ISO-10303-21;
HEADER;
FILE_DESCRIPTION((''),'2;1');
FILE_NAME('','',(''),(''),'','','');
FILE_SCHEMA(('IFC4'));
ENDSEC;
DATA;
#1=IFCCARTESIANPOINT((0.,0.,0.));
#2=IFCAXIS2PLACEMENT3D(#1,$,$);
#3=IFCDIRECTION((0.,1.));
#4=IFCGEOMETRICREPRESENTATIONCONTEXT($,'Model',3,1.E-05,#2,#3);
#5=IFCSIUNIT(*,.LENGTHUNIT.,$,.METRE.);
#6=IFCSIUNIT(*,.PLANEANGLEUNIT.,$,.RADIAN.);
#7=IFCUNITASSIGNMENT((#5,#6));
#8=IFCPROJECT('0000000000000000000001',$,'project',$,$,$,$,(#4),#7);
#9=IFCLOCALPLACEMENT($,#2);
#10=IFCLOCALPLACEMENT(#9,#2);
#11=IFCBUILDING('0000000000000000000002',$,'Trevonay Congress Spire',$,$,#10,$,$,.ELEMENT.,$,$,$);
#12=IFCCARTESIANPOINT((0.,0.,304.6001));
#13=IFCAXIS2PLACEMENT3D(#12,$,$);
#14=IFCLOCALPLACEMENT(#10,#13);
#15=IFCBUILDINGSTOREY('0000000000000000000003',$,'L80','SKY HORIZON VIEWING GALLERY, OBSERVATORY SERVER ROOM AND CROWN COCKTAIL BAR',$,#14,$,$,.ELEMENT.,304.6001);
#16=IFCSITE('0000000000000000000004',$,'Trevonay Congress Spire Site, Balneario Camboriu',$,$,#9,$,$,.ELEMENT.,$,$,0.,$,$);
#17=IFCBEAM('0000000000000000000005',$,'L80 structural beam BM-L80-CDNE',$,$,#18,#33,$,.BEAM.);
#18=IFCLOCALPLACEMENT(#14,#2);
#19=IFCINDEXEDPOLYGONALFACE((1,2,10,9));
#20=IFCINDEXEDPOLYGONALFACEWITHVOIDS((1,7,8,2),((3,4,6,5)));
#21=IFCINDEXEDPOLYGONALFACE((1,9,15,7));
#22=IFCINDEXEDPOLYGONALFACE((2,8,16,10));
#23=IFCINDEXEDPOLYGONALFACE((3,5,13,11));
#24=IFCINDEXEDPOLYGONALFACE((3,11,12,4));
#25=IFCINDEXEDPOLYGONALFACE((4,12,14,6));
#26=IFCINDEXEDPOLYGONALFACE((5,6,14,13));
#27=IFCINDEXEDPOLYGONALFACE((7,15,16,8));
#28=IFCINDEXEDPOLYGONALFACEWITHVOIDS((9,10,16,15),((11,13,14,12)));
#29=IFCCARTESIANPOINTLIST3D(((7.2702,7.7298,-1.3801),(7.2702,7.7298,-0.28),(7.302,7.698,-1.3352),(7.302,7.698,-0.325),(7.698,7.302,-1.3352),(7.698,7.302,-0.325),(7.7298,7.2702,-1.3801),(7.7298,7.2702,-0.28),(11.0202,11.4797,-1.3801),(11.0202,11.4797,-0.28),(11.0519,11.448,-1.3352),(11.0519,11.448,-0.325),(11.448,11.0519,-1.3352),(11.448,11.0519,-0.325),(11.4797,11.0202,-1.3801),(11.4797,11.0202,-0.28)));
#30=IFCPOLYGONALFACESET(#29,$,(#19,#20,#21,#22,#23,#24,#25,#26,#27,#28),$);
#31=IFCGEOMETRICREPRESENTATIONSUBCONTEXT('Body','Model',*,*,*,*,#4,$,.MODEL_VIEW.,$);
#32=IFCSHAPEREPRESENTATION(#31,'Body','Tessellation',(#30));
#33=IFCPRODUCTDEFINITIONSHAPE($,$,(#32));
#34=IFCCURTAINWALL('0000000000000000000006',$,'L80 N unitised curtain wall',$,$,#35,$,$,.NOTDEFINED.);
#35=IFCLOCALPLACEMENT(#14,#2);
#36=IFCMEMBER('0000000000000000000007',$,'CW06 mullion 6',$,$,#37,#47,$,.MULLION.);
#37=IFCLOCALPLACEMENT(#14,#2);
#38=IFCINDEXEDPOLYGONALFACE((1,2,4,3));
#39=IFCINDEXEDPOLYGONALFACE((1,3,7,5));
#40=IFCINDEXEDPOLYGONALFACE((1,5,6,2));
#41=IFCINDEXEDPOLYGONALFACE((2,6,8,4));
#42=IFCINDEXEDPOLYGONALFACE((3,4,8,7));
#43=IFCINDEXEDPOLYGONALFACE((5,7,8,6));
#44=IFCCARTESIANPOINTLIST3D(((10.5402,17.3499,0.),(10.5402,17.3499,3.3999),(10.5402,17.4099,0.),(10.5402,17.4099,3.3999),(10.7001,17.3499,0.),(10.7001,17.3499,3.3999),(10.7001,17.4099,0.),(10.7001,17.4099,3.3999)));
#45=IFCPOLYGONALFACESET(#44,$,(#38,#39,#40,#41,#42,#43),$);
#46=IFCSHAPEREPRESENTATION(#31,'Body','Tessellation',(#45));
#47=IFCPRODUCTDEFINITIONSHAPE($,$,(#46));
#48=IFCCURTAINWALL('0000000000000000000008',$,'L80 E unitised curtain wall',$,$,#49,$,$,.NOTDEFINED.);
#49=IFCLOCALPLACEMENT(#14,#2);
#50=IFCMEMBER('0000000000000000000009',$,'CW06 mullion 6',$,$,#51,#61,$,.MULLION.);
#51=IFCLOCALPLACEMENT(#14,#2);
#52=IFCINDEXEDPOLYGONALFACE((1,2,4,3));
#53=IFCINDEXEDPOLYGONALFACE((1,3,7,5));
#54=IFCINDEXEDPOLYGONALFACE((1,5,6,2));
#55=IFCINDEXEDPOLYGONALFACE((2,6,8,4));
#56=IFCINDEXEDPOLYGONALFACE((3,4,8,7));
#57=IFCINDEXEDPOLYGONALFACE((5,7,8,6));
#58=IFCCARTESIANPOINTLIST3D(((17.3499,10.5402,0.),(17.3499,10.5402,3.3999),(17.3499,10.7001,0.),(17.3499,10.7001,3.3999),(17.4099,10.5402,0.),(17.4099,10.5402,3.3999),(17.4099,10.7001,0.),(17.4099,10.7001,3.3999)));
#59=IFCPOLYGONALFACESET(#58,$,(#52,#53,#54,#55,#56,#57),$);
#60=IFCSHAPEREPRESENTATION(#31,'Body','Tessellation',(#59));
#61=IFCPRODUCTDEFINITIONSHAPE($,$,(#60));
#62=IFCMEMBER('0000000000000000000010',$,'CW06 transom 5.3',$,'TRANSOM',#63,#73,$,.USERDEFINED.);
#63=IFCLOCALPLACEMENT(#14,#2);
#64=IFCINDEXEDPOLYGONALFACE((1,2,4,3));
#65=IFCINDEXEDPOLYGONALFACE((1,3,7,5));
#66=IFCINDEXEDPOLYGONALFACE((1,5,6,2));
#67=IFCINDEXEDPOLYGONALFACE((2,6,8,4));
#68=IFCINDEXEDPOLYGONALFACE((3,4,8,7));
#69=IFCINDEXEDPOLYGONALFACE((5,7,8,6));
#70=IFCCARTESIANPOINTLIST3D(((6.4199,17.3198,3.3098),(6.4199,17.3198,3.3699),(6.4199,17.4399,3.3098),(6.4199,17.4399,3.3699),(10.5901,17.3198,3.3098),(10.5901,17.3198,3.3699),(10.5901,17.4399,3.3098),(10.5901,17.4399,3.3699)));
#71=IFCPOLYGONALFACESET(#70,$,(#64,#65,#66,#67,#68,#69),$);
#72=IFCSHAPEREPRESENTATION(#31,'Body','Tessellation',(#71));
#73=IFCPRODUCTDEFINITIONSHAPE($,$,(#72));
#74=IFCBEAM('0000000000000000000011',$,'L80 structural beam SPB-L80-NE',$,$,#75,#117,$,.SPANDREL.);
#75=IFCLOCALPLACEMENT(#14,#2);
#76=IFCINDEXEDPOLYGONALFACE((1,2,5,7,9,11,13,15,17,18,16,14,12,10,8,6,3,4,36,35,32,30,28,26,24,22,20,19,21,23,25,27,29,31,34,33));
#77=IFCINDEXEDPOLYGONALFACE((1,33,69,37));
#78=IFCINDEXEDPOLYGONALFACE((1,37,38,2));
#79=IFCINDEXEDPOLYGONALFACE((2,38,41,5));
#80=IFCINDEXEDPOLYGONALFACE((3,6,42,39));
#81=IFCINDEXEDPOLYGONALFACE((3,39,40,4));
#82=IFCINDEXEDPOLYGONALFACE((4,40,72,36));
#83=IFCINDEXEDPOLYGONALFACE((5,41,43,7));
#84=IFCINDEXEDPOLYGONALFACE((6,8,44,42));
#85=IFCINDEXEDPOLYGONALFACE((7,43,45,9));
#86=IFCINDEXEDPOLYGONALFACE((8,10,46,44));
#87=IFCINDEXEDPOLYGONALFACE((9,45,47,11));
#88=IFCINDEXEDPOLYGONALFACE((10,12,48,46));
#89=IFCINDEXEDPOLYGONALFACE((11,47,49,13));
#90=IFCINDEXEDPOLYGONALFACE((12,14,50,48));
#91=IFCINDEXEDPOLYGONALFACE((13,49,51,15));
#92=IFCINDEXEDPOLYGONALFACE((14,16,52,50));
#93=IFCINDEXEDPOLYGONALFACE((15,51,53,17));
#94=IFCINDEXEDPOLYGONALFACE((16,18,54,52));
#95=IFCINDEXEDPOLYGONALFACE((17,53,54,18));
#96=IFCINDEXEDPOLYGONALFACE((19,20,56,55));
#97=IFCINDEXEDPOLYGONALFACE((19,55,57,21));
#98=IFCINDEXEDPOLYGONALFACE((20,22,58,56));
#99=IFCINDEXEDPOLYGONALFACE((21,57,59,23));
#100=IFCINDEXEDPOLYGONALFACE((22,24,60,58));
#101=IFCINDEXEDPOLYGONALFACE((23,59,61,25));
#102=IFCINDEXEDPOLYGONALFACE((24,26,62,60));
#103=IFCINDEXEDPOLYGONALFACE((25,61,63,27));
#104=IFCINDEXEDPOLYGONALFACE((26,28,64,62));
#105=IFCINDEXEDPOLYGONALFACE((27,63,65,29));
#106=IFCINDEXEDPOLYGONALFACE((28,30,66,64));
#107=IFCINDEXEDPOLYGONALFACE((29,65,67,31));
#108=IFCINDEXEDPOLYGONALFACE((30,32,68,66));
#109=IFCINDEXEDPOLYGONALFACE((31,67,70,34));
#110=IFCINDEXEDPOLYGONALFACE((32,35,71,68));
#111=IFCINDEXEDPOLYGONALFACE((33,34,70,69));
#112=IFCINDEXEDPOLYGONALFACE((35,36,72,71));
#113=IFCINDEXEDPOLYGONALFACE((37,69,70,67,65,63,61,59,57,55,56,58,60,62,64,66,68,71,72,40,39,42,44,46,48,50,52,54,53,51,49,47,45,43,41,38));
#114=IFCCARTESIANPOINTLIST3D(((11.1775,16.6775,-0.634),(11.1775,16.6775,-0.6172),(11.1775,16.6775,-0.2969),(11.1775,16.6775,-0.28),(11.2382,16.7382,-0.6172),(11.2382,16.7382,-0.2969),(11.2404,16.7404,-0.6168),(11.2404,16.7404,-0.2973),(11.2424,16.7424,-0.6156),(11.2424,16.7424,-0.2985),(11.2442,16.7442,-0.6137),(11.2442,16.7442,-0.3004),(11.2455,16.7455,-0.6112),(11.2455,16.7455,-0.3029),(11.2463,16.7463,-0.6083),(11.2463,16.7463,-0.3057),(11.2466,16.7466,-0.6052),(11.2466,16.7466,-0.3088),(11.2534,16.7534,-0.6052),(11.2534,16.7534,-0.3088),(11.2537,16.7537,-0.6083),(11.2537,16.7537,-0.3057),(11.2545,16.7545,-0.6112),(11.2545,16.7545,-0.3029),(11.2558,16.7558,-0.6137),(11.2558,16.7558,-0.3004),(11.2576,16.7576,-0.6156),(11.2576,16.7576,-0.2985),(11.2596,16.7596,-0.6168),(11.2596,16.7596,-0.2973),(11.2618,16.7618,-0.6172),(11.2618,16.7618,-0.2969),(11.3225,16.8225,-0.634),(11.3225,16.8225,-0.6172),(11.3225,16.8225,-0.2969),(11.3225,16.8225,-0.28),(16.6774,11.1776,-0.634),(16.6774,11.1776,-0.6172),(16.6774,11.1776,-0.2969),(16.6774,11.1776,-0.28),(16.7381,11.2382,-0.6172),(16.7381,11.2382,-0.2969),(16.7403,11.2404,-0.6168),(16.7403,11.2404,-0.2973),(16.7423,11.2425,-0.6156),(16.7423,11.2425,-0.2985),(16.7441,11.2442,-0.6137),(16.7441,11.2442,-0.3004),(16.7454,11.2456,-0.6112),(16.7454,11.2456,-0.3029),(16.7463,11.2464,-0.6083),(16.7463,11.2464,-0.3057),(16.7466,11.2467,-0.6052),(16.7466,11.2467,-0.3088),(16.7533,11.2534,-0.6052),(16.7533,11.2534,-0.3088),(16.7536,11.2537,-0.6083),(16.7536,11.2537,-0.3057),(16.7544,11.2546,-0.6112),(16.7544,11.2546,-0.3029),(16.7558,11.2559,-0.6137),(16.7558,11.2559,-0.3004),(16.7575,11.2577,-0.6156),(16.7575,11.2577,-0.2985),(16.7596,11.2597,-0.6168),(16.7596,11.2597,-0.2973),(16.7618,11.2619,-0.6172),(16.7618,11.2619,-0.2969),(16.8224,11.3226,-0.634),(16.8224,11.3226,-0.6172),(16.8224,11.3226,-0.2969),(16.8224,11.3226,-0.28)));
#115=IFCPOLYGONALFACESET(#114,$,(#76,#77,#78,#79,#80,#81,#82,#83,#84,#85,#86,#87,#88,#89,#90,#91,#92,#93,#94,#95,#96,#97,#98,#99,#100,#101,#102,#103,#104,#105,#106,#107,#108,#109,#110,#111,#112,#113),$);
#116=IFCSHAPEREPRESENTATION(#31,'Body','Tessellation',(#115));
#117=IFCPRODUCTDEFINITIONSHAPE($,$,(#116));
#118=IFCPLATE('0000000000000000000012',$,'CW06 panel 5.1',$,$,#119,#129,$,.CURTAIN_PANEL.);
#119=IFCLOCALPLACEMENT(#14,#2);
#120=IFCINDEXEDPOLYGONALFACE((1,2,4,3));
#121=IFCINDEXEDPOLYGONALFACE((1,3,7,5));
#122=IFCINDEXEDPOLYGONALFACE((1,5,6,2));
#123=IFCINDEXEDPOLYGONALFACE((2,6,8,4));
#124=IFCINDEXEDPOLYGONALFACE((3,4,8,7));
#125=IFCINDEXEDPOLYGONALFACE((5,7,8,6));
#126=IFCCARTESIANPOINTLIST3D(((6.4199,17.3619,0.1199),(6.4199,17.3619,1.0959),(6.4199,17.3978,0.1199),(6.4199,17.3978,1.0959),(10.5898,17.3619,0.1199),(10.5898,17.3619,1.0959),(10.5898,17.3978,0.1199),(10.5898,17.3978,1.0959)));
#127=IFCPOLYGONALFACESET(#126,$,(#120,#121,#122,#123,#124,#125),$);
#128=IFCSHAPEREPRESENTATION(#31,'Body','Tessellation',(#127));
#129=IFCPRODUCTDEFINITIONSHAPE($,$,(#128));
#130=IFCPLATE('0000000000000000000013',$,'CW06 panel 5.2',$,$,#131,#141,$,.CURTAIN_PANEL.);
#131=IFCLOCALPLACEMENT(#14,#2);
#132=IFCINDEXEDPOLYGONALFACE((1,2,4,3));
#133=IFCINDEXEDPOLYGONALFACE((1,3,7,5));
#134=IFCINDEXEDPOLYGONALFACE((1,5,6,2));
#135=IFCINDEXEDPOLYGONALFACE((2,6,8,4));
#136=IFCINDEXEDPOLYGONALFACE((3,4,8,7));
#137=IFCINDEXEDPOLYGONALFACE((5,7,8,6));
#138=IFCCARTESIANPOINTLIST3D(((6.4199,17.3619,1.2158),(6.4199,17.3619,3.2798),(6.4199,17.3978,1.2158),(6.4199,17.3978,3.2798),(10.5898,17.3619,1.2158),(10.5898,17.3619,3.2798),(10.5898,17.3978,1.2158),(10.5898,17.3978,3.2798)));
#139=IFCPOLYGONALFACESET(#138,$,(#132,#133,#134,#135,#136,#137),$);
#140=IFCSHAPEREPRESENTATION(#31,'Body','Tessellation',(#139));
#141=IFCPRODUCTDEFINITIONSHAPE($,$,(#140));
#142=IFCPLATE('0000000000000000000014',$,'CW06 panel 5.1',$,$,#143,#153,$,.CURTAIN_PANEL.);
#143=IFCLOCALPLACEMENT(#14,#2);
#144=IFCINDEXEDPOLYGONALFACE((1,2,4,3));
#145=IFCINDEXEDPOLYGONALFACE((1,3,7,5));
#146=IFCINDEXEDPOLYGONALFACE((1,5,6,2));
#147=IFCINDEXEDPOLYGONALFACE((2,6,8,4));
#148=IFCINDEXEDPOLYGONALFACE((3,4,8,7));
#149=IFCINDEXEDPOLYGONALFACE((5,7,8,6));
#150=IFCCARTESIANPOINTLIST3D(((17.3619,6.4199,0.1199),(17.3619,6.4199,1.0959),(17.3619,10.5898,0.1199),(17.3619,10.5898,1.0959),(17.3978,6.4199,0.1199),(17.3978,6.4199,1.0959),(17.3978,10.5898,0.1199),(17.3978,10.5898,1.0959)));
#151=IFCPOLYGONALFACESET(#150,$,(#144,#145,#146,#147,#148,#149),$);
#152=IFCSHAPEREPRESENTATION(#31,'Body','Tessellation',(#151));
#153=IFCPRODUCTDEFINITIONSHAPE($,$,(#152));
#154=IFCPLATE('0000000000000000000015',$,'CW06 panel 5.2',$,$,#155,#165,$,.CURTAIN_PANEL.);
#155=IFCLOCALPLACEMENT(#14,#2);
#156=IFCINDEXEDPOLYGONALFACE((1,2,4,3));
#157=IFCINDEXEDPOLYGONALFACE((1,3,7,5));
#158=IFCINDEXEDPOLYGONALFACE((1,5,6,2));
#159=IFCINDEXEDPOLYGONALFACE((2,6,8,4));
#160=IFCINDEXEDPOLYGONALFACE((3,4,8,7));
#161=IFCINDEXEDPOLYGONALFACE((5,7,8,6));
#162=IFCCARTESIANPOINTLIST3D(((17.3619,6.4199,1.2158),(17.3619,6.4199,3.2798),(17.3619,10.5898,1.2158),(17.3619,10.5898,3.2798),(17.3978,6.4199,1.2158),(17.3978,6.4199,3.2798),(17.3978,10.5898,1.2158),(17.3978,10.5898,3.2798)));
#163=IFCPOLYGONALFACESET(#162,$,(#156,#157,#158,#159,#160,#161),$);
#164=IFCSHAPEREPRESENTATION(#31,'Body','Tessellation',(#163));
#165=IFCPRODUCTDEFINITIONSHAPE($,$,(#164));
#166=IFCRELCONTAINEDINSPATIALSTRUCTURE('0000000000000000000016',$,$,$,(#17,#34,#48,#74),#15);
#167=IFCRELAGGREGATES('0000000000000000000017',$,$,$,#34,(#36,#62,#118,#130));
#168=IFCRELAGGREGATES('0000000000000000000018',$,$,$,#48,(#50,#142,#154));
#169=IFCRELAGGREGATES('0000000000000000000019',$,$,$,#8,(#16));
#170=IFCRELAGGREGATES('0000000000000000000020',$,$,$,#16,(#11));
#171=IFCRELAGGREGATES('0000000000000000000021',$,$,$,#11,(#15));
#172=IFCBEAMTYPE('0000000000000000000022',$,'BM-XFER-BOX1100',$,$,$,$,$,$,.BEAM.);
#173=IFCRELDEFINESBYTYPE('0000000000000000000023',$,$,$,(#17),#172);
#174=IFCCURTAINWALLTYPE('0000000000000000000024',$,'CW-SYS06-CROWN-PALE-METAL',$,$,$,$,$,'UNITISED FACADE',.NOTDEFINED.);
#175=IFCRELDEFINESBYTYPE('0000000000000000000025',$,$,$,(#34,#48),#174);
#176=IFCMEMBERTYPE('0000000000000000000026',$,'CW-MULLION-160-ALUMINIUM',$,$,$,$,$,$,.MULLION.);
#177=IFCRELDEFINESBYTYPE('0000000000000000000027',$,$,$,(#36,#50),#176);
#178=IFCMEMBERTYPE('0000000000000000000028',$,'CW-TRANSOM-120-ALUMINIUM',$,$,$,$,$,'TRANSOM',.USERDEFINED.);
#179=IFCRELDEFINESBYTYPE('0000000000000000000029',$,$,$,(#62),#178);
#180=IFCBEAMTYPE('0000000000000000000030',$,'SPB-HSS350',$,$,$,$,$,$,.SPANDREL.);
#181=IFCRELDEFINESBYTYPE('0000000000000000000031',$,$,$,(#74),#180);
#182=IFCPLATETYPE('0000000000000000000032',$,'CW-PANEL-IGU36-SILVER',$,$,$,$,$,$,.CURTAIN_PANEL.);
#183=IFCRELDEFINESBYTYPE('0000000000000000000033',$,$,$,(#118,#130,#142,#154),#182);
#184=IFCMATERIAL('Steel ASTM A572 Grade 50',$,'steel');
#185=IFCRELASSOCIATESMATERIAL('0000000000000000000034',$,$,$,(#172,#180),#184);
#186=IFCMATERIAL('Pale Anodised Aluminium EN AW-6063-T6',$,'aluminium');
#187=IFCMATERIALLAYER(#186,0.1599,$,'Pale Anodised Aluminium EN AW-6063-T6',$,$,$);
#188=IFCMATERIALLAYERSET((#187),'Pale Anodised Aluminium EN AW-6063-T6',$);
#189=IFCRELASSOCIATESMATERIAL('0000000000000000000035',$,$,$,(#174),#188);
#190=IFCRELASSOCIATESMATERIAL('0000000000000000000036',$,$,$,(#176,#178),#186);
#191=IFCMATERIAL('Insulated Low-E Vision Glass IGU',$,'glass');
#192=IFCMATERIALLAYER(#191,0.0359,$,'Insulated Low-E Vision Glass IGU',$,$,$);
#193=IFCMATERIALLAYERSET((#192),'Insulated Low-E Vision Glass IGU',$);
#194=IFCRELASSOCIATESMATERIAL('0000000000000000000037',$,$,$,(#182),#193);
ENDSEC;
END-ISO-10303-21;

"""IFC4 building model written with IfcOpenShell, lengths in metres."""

from ifc_helpers import new_model, si_unit, direction, frame, origin, origin_2d, place, context, subcontext, project, spatial, rectangle, hollow_rectangle, i_section, extrude, material, layer, layer_set, material_profile, profile_set, type_object, element, aggregate, save


model = new_model("IFC4")

# Units and contexts
model_context = context("Model", 3, precision=1e-05, world=origin(), true_north=direction((0.0, 1.0)))
body_context = subcontext(model_context, "Body", "Model", "MODEL_VIEW")
ifc_project = project(units=[si_unit("LENGTHUNIT", "METRE"), si_unit("PLANEANGLEUNIT", "RADIAN")], contexts=[model_context])

# Site, building, storey
site_placement = place(None, origin())
site = spatial("IfcSite", under=ifc_project, at=site_placement, Name="Trevonay Congress Spire Site, Balneario Camboriu", CompositionType="ELEMENT", RefElevation=0.0)
building_placement = place(site_placement, origin())
building = spatial("IfcBuilding", under=site, at=building_placement, Name="Trevonay Congress Spire", CompositionType="ELEMENT")
storey_placement = place(building_placement, frame((0.0, 0.0, 304.6001)))
storey = spatial("IfcBuildingStorey", under=building, at=storey_placement, Name="L80", Description="SKY HORIZON VIEWING GALLERY, OBSERVATORY SERVER ROOM AND CROWN COCKTAIL BAR", CompositionType="ELEMENT", Elevation=304.6001)

# Shared definitions
ifc_material_1 = material(Name="Steel ASTM A572 Grade 50", Category="steel")

# Beam
ifc_material_profile_1 = material_profile(ifc_material_1, hollow_rectangle(XDim=0.6499, YDim=1.1001, WallThickness=0.0449, at=origin_2d()), Name="BOX 1100x650x45")
ifc_profile_set_1 = profile_set([ifc_material_profile_1], Name="Steel ASTM A572 Grade 50")
beam_type_1 = type_object("IfcBeamType", Name="BM-XFER-BOX1100", PredefinedType="BEAM", material=ifc_profile_set_1)
beam_1_placement = place(storey_placement, frame((7.5, 7.5, -0.8301), z_axis=(0.707107, 0.707107, 0.0), x_axis=(-0.707107, 0.707107, 0.0)))
element("IfcBeam", 1, at=beam_1_placement, inside=storey, type_object=beam_type_1, Name="L80 structural beam BM-L80-CDNE", PredefinedType="BEAM", context=body_context, shape_type="SweptSolid", body=[
    extrude(hollow_rectangle(XDim=0.6499, YDim=1.1001, WallThickness=0.0449, at=origin_2d()), origin(), (0.0, 0.0, 1.0), 5.3032),
])

# Curtain walls, members
ifc_material_2 = material(Name="Pale Anodised Aluminium EN AW-6063-T6", Category="aluminium")
ifc_layer_1 = layer(ifc_material_2, 0.1599, Name="Pale Anodised Aluminium EN AW-6063-T6")
ifc_layer_set_1 = layer_set([ifc_layer_1], Name="Pale Anodised Aluminium EN AW-6063-T6")
curtain_wall_type = type_object("IfcCurtainWallType", Name="CW-SYS06-CROWN-PALE-METAL", ElementType="UNITISED FACADE", PredefinedType="NOTDEFINED", material=ifc_layer_set_1)
curtain_wall_1_placement = place(storey_placement, origin())
curtain_wall_1 = element("IfcCurtainWall", 2, at=curtain_wall_1_placement, inside=storey, type_object=curtain_wall_type, Name="L80 N unitised curtain wall", PredefinedType="NOTDEFINED")
ifc_material_profile_2 = material_profile(ifc_material_2, rectangle(XDim=0.0601, YDim=0.1599, at=origin_2d()), Name="CW-MULLION-160-ALUMINIUM")
ifc_profile_set_2 = profile_set([ifc_material_profile_2], Name="Pale Anodised Aluminium EN AW-6063-T6")
member_type_1 = type_object("IfcMemberType", Name="CW-MULLION-160-ALUMINIUM", PredefinedType="MULLION", material=ifc_profile_set_2)
member_1_placement = place(storey_placement, frame((10.6201, 17.3799, 0.0), z_axis=(0.0, 0.0, 1.0), x_axis=(0.0, 1.0, 0.0)))
member_1 = element("IfcMember", 3, at=member_1_placement, type_object=member_type_1, Name="CW06 mullion 6", PredefinedType="MULLION", context=body_context, shape_type="SweptSolid", body=[
    extrude(rectangle(XDim=0.0601, YDim=0.1599, at=origin_2d()), origin(), (0.0, 0.0, 1.0), 3.3999),
])
curtain_wall_2_placement = place(storey_placement, origin())
curtain_wall_2 = element("IfcCurtainWall", 4, at=curtain_wall_2_placement, inside=storey, type_object=curtain_wall_type, Name="L80 E unitised curtain wall", PredefinedType="NOTDEFINED")
member_2_placement = place(storey_placement, frame((17.3799, 10.6201, 0.0), z_axis=(0.0, 0.0, 1.0), x_axis=(-1.0, 0.0, 0.0)))
member_2 = element("IfcMember", 5, at=member_2_placement, type_object=member_type_1, Name="CW06 mullion 6", PredefinedType="MULLION", context=body_context, shape_type="SweptSolid", body=[
    extrude(rectangle(XDim=0.0601, YDim=0.1599, at=origin_2d()), origin(), (0.0, 0.0, 1.0), 3.3999),
])

# Member
ifc_material_profile_3 = material_profile(ifc_material_2, rectangle(XDim=0.1201, YDim=0.0601, at=origin_2d()), Name="CW-TRANSOM-120-ALUMINIUM")
ifc_profile_set_3 = profile_set([ifc_material_profile_3], Name="Pale Anodised Aluminium EN AW-6063-T6")
member_type_2 = type_object("IfcMemberType", Name="CW-TRANSOM-120-ALUMINIUM", ElementType="TRANSOM", PredefinedType="USERDEFINED", material=ifc_profile_set_3)
member_3_placement = place(storey_placement, frame((6.4199, 17.3799, 3.3398), z_axis=(1.0, 0.0, 0.0), x_axis=(0.0, 1.0, 0.0)))
member_3 = element("IfcMember", 6, at=member_3_placement, type_object=member_type_2, Name="CW06 transom 5.3", ObjectType="TRANSOM", PredefinedType="USERDEFINED", context=body_context, shape_type="SweptSolid", body=[
    extrude(rectangle(XDim=0.1201, YDim=0.0601, at=origin_2d()), origin(), (0.0, 0.0, 1.0), 4.1702),
])

# Beam
ifc_material_profile_4 = material_profile(ifc_material_1, i_section(OverallWidth=0.2051, OverallDepth=0.354, WebThickness=0.0095, FlangeThickness=0.0168, FilletRadius=0.012, at=origin_2d()), Name="W360x79")
ifc_profile_set_4 = profile_set([ifc_material_profile_4], Name="Steel ASTM A572 Grade 50")
beam_type_2 = type_object("IfcBeamType", Name="SPB-HSS350", PredefinedType="SPANDREL", material=ifc_profile_set_4)
beam_2_placement = place(storey_placement, frame((11.25, 16.75, -0.457), z_axis=(0.707107, -0.707107, 0.0), x_axis=(0.707107, 0.707107, 0.0)))
element("IfcBeam", 7, at=beam_2_placement, inside=storey, type_object=beam_type_2, Name="L80 structural beam SPB-L80-NE", PredefinedType="SPANDREL", context=body_context, shape_type="SweptSolid", body=[
    extrude(i_section(OverallWidth=0.2051, OverallDepth=0.354, WebThickness=0.0095, FlangeThickness=0.0168, FilletRadius=0.012, at=origin_2d()), origin(), (0.0, 0.0, 1.0), 7.7781),
])

# Plates
ifc_material_3 = material(Name="Insulated Low-E Vision Glass IGU", Category="glass")
ifc_layer_2 = layer(ifc_material_3, 0.0359, Name="Insulated Low-E Vision Glass IGU")
ifc_layer_set_2 = layer_set([ifc_layer_2], Name="Insulated Low-E Vision Glass IGU")
plate_type = type_object("IfcPlateType", Name="CW-PANEL-IGU36-SILVER", PredefinedType="CURTAIN_PANEL", material=ifc_layer_set_2)
plate_1_placement = place(storey_placement, frame((8.5049, 17.3799, 0.1199), z_axis=(0.0, 0.0, 1.0), x_axis=(1.0, 0.0, 0.0)))
plate_1 = element("IfcPlate", 8, at=plate_1_placement, type_object=plate_type, Name="CW06 panel 5.1", PredefinedType="CURTAIN_PANEL", context=body_context, shape_type="SweptSolid", body=[
    extrude(rectangle(XDim=4.1699, YDim=0.0359, at=origin_2d()), origin(), (0.0, 0.0, 1.0), 0.9761),
])
plate_2_placement = place(storey_placement, frame((8.5049, 17.3799, 1.2158), z_axis=(0.0, 0.0, 1.0), x_axis=(1.0, 0.0, 0.0)))
plate_2 = element("IfcPlate", 9, at=plate_2_placement, type_object=plate_type, Name="CW06 panel 5.2", PredefinedType="CURTAIN_PANEL", context=body_context, shape_type="SweptSolid", body=[
    extrude(rectangle(XDim=4.1699, YDim=0.0359, at=origin_2d()), origin(), (0.0, 0.0, 1.0), 2.064),
])
aggregate(curtain_wall_1, [member_1, member_3, plate_1, plate_2])
plate_3_placement = place(storey_placement, frame((17.3799, 8.5049, 0.1199), z_axis=(0.0, 0.0, 1.0), x_axis=(0.0, 1.0, 0.0)))
plate_3 = element("IfcPlate", 10, at=plate_3_placement, type_object=plate_type, Name="CW06 panel 5.1", PredefinedType="CURTAIN_PANEL", context=body_context, shape_type="SweptSolid", body=[
    extrude(rectangle(XDim=4.1699, YDim=0.0359, at=origin_2d()), origin(), (0.0, 0.0, 1.0), 0.9761),
])
plate_4_placement = place(storey_placement, frame((17.3799, 8.5049, 1.2158), z_axis=(0.0, 0.0, 1.0), x_axis=(0.0, 1.0, 0.0)))
plate_4 = element("IfcPlate", 11, at=plate_4_placement, type_object=plate_type, Name="CW06 panel 5.2", PredefinedType="CURTAIN_PANEL", context=body_context, shape_type="SweptSolid", body=[
    extrude(rectangle(XDim=4.1699, YDim=0.0359, at=origin_2d()), origin(), (0.0, 0.0, 1.0), 2.064),
])
aggregate(curtain_wall_2, [member_2, plate_3, plate_4])

save(model, "model.ifc")
